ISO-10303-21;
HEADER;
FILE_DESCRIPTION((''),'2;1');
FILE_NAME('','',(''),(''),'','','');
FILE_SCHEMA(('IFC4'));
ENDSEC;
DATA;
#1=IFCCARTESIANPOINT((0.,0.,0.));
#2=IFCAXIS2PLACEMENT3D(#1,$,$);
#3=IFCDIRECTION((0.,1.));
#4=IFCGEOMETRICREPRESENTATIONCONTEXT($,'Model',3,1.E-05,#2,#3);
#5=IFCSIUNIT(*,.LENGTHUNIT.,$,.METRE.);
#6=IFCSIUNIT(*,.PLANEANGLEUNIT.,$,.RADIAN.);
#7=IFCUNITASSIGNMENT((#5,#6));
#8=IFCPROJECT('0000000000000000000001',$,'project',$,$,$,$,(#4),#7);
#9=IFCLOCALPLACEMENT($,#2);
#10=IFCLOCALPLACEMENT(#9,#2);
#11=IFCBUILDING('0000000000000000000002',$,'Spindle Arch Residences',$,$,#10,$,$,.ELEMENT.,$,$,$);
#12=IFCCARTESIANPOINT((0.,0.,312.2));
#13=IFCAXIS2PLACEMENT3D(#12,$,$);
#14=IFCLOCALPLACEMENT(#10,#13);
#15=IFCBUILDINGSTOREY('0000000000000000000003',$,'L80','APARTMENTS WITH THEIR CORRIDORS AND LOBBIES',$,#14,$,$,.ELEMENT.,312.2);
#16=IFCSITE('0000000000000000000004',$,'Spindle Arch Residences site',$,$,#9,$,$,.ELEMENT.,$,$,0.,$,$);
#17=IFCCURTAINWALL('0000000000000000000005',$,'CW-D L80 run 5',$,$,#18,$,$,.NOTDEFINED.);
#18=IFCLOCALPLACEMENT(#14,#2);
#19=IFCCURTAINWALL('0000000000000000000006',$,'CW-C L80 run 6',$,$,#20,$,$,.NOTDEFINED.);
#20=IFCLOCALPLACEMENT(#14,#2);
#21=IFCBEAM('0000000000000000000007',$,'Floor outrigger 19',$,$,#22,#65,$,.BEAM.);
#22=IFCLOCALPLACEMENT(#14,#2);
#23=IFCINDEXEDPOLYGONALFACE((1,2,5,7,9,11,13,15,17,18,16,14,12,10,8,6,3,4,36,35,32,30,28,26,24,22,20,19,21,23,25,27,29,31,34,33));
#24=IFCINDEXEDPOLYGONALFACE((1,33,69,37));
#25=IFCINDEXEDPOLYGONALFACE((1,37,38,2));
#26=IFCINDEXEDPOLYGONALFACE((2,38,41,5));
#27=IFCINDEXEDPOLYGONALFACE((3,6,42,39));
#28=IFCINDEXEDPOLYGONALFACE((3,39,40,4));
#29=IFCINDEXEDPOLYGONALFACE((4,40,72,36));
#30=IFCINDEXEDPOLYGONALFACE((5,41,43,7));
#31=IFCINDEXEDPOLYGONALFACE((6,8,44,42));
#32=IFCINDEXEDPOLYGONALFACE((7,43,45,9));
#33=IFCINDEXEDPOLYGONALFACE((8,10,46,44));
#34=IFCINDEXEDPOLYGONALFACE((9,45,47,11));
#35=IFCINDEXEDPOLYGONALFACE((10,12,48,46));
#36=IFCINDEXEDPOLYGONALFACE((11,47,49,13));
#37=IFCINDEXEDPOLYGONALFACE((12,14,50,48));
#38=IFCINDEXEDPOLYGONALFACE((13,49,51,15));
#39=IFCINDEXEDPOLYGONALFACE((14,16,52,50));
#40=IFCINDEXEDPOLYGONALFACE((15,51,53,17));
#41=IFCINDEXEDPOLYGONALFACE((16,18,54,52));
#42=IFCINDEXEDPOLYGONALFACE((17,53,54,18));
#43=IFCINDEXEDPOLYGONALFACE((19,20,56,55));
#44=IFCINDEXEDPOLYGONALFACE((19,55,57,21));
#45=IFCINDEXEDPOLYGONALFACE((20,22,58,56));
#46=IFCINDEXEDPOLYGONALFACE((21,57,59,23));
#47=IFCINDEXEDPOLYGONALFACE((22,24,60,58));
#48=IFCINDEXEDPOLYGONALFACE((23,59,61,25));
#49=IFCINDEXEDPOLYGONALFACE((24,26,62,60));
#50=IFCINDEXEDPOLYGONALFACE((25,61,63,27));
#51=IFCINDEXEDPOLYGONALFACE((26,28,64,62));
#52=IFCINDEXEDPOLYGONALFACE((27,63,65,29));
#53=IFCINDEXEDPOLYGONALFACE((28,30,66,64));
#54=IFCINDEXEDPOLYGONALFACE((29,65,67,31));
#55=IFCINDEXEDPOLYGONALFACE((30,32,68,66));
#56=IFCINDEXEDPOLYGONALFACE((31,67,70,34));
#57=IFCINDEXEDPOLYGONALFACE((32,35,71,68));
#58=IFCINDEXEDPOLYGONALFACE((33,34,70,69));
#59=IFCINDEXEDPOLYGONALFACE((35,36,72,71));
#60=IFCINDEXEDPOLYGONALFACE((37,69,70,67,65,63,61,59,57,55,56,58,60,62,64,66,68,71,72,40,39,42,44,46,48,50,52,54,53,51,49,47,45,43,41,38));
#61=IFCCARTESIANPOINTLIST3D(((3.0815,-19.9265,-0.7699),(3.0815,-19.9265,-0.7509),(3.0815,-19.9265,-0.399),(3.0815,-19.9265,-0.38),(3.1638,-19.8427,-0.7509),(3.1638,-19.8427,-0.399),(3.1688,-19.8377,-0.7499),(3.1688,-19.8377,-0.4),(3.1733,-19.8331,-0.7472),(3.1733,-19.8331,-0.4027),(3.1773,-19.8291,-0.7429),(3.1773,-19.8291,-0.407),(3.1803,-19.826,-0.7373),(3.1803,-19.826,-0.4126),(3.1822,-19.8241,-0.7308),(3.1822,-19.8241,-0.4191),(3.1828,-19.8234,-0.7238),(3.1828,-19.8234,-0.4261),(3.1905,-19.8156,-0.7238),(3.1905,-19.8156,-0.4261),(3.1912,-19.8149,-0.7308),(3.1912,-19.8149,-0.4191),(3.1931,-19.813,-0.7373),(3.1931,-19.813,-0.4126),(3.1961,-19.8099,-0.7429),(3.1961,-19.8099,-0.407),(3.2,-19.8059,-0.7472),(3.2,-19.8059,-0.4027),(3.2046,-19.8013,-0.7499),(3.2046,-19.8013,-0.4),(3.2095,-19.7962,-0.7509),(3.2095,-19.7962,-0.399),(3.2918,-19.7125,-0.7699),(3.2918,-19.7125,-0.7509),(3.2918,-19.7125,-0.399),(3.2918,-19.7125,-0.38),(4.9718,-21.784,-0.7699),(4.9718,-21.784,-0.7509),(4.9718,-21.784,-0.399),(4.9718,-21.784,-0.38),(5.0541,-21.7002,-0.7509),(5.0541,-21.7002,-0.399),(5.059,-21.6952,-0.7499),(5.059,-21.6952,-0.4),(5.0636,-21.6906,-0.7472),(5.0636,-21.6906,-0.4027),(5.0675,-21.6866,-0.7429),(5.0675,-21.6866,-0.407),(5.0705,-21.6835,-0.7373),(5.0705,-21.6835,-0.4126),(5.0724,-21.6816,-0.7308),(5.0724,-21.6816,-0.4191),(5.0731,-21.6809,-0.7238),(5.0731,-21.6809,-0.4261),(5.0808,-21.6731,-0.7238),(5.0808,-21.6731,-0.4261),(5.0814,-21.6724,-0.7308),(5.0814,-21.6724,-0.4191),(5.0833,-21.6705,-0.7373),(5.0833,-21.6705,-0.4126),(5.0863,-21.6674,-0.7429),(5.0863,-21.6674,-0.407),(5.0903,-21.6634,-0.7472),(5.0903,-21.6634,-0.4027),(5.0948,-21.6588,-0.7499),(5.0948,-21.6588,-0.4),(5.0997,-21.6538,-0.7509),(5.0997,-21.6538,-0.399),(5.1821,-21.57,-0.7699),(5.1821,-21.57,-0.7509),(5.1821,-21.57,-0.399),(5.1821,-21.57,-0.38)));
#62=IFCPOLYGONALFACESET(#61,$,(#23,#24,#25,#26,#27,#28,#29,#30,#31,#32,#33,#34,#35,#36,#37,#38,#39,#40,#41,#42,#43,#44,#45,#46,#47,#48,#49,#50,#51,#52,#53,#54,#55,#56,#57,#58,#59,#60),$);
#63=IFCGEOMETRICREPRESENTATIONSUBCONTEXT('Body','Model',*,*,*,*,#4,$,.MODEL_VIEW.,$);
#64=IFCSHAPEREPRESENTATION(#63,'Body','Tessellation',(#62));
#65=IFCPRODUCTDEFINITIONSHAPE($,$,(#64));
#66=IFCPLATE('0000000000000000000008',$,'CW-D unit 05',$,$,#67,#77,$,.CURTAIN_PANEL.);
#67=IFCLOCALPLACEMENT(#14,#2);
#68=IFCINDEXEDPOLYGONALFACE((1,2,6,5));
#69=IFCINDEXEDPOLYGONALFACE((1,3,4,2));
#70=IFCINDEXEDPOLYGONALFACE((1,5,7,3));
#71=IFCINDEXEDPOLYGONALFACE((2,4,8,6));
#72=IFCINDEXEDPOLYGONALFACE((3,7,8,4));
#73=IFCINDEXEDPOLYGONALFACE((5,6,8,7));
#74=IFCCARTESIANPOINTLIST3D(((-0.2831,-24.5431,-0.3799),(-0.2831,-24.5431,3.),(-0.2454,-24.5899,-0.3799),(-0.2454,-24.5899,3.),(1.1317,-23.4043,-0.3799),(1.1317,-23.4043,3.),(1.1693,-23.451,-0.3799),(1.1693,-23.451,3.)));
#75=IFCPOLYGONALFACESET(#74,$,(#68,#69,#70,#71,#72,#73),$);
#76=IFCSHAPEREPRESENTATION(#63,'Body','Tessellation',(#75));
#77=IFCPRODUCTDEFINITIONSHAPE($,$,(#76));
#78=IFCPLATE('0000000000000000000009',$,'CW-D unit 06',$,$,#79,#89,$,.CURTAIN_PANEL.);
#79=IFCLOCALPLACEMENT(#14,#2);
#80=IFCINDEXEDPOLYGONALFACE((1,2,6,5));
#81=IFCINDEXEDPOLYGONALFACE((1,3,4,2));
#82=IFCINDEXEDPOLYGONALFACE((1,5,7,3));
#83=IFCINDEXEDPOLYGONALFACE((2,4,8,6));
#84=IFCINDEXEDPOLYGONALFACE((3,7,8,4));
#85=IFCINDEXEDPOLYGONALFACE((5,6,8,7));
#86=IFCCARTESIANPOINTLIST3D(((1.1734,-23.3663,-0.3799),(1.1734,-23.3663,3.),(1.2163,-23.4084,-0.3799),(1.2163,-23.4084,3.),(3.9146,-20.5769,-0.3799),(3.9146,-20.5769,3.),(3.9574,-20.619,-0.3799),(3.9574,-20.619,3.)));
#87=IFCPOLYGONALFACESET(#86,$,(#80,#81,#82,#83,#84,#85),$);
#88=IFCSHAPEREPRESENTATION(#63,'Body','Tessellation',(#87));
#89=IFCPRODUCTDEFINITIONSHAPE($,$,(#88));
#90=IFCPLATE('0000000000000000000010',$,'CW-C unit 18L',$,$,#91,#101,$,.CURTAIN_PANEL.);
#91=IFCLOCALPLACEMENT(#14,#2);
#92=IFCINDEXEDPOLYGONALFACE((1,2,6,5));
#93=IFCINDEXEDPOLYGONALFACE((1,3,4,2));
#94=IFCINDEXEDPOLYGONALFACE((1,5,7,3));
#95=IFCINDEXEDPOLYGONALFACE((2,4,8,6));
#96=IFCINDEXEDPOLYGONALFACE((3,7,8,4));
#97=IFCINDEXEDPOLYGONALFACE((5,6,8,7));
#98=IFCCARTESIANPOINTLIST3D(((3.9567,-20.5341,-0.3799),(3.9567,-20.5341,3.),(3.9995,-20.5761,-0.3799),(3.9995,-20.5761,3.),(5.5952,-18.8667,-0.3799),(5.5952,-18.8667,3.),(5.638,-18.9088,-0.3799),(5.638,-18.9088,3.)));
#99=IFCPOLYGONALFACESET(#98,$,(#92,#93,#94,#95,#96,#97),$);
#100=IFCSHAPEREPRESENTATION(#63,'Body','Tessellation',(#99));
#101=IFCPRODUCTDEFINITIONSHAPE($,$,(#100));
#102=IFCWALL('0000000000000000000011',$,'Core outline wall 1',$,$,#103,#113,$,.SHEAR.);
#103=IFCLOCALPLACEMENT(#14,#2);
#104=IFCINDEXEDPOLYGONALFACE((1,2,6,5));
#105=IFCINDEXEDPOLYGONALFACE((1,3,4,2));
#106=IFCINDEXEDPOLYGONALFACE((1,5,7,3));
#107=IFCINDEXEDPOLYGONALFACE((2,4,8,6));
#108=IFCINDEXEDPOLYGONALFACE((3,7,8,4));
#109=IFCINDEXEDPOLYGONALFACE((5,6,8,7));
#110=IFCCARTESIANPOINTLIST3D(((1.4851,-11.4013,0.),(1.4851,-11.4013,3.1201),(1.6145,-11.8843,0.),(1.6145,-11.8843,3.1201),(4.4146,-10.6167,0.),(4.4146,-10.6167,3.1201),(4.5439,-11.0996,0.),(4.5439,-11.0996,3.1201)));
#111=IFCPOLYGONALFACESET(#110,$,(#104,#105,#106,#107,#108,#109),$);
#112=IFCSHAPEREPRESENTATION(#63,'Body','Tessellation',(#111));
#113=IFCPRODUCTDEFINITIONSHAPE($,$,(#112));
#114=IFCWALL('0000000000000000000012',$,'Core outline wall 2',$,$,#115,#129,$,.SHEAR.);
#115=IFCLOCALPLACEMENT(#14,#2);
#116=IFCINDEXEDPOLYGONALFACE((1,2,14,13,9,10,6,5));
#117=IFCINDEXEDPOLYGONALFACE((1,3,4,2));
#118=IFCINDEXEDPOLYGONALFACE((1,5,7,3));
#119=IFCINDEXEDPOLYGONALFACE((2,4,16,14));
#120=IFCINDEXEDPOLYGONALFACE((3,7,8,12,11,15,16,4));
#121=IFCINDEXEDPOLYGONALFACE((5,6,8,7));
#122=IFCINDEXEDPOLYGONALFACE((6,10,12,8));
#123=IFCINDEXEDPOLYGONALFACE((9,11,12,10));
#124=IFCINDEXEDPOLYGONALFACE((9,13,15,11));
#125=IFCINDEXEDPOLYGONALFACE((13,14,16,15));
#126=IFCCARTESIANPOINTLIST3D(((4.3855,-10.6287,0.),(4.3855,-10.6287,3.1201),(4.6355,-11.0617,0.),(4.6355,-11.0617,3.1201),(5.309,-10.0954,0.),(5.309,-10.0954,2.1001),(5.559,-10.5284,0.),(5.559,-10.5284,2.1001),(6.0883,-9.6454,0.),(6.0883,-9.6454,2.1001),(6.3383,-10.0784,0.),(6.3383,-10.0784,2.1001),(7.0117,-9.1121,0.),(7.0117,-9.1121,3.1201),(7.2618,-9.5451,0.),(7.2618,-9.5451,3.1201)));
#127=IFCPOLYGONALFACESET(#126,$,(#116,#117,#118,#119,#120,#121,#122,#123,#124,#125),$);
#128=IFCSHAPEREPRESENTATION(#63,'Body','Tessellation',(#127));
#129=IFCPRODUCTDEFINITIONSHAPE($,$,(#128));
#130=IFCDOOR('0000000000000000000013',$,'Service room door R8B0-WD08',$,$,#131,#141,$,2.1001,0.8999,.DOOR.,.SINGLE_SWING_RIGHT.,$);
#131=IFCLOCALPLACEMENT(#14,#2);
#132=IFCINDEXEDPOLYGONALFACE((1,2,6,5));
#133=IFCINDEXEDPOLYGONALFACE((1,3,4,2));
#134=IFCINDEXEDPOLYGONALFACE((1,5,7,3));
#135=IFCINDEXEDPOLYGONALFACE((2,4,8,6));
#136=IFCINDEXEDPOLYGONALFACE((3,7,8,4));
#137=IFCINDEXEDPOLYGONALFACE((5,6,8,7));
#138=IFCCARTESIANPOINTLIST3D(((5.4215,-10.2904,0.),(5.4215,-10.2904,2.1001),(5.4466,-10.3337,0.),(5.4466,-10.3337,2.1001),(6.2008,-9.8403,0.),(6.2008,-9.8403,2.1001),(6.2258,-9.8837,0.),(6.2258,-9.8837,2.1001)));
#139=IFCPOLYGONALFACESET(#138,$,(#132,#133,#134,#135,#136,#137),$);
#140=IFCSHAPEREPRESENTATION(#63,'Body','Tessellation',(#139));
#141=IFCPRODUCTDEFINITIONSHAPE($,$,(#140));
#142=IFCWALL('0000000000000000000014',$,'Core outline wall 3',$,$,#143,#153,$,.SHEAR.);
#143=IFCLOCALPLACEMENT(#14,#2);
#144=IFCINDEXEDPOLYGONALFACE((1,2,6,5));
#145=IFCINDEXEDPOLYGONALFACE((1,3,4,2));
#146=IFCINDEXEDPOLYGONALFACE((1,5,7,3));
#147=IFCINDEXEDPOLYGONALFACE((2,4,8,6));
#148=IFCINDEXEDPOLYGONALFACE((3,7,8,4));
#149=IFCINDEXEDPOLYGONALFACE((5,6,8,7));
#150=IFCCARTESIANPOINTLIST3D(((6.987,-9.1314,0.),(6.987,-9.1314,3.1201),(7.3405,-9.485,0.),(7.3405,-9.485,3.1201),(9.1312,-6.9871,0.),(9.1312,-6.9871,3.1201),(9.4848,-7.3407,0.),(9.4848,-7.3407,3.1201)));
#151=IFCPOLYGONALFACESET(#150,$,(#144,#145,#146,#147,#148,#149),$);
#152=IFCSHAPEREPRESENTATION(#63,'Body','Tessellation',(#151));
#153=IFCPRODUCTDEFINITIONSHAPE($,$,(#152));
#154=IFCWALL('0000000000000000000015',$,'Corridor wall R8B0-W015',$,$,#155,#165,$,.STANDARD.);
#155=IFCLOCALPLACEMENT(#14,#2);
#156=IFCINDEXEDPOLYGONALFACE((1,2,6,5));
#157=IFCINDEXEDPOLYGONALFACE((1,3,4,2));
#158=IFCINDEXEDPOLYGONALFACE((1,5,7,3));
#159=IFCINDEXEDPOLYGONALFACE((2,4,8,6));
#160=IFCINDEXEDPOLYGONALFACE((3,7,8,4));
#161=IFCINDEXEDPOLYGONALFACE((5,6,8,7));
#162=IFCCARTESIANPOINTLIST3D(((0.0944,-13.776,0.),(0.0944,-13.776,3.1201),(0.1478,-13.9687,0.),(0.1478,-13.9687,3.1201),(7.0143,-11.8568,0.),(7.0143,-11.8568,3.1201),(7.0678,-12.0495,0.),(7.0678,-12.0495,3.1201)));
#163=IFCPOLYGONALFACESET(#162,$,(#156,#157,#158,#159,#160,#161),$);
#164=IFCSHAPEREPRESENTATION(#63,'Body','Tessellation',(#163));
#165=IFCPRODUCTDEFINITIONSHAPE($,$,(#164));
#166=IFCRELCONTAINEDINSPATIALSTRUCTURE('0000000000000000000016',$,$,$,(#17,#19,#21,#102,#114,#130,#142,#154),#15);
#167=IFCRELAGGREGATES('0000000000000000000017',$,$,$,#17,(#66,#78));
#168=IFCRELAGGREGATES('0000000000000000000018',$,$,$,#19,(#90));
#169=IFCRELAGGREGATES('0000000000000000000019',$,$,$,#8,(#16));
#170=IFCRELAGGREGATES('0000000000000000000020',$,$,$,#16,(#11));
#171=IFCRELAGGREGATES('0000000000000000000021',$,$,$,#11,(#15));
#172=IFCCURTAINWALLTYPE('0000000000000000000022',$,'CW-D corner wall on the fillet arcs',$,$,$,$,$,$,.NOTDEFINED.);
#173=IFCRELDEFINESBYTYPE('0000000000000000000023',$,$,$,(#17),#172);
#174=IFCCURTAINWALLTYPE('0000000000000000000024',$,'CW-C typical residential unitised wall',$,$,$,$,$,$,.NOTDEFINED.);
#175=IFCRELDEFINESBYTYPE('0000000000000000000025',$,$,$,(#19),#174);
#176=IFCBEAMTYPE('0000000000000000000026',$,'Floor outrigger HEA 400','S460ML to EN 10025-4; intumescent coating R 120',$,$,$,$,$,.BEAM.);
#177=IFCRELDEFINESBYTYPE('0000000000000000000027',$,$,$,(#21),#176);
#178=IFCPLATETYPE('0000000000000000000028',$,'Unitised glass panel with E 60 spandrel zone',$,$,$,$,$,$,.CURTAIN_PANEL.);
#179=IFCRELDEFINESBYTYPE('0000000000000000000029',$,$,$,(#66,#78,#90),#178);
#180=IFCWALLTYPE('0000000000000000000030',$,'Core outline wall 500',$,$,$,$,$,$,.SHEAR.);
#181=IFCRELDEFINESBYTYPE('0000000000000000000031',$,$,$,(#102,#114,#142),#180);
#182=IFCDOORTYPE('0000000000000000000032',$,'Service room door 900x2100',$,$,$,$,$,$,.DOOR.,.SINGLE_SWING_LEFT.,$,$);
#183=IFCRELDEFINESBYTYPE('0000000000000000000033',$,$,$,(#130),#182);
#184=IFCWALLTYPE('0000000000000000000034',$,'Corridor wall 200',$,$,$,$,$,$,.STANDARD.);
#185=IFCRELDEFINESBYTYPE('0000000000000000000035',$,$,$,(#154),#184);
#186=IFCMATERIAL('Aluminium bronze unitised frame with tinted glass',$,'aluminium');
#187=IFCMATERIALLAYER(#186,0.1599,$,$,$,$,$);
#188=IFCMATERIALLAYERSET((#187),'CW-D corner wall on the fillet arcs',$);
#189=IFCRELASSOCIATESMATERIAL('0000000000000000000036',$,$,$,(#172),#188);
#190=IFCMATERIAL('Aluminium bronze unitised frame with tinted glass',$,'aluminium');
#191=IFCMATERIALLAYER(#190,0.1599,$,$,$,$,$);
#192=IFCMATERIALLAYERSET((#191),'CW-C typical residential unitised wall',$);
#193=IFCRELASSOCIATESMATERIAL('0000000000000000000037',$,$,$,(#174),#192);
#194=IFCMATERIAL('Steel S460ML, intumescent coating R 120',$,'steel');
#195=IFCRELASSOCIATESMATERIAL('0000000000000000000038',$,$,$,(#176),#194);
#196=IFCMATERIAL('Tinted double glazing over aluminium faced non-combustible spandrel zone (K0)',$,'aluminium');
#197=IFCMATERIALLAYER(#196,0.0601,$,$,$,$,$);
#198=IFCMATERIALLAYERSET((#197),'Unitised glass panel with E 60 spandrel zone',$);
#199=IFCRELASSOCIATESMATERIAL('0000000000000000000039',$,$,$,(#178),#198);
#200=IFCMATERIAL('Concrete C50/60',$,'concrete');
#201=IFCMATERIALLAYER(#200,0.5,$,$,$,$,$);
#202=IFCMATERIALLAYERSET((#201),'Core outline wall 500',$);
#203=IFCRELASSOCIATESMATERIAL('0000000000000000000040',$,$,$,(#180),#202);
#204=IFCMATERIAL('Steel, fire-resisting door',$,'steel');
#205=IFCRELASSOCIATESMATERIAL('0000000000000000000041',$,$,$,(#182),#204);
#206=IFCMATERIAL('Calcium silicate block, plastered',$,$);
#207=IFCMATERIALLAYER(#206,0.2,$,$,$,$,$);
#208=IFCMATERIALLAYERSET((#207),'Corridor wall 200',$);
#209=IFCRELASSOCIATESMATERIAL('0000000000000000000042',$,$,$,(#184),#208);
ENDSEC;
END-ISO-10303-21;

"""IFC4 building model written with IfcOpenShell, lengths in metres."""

from ifc_helpers import new_model, si_unit, direction, frame, frame_2d, origin, origin_2d, place, context, subcontext, project, spatial, rectangle, i_section, extrude, material, layer, layer_set, material_profile, profile_set, type_object, element, fill, aggregate, save


model = new_model("IFC4")

# Units and contexts
model_context = context("Model", 3, precision=1e-05, world=origin(), true_north=direction((0.0, 1.0)))
body_context = subcontext(model_context, "Body", "Model", "MODEL_VIEW")
ifc_project = project(units=[si_unit("LENGTHUNIT", "METRE"), si_unit("PLANEANGLEUNIT", "RADIAN")], contexts=[model_context])

# Site, building, storey
site_placement = place(None, origin())
site = spatial("IfcSite", under=ifc_project, at=site_placement, Name="Spindle Arch Residences site", CompositionType="ELEMENT", RefElevation=0.0)
building_placement = place(site_placement, origin())
building = spatial("IfcBuilding", under=site, at=building_placement, Name="Spindle Arch Residences", CompositionType="ELEMENT")
storey_placement = place(building_placement, frame((0.0, 0.0, 312.2)))
storey = spatial("IfcBuildingStorey", under=building, at=storey_placement, Name="L80", Description="APARTMENTS WITH THEIR CORRIDORS AND LOBBIES", CompositionType="ELEMENT", Elevation=312.2)

# Curtain walls
ifc_material_1 = material(Name="Aluminium bronze unitised frame with tinted glass", Category="aluminium")
ifc_layer_1 = layer(ifc_material_1, 0.1599)
ifc_layer_set_1 = layer_set([ifc_layer_1], Name="CW-D corner wall on the fillet arcs")
curtain_wall_type_1 = type_object("IfcCurtainWallType", Name="CW-D corner wall on the fillet arcs", PredefinedType="NOTDEFINED", material=ifc_layer_set_1)
curtain_wall_1_placement = place(storey_placement, origin())
curtain_wall_1 = element("IfcCurtainWall", 1, at=curtain_wall_1_placement, inside=storey, type_object=curtain_wall_type_1, Name="CW-D L80 run 5", PredefinedType="NOTDEFINED")
ifc_material_2 = material(Name="Aluminium bronze unitised frame with tinted glass", Category="aluminium")
ifc_layer_2 = layer(ifc_material_2, 0.1599)
ifc_layer_set_2 = layer_set([ifc_layer_2], Name="CW-C typical residential unitised wall")
curtain_wall_type_2 = type_object("IfcCurtainWallType", Name="CW-C typical residential unitised wall", PredefinedType="NOTDEFINED", material=ifc_layer_set_2)
curtain_wall_2_placement = place(storey_placement, origin())
curtain_wall_2 = element("IfcCurtainWall", 2, at=curtain_wall_2_placement, inside=storey, type_object=curtain_wall_type_2, Name="CW-C L80 run 6", PredefinedType="NOTDEFINED")

# Beam
ifc_material_3 = material(Name="Steel S460ML, intumescent coating R 120", Category="steel")
ifc_material_profile_1 = material_profile(ifc_material_3, i_section(OverallWidth=0.3, OverallDepth=0.3899, WebThickness=0.011, FlangeThickness=0.019, FilletRadius=0.0271, at=origin_2d()), Name="HEA 400")
ifc_profile_set_1 = profile_set([ifc_material_profile_1], Name="Steel S460ML, intumescent coating R 120")
beam_type_1 = type_object("IfcBeamType", Name="Floor outrigger HEA 400", Description="S460ML to EN 10025-4; intumescent coating R 120", PredefinedType="BEAM", material=ifc_profile_set_1)
beam_1_placement = place(storey_placement, frame((5.0769, -21.677, -0.575), z_axis=(-0.713252, 0.700907, 0.0), x_axis=(-0.700907, -0.713252, 0.0)))
element("IfcBeam", 3, at=beam_1_placement, inside=storey, type_object=beam_type_1, Name="Floor outrigger 19", PredefinedType="BEAM", context=body_context, shape_type="SweptSolid", body=[
    extrude(i_section(OverallWidth=0.3, OverallDepth=0.3899, WebThickness=0.011, FlangeThickness=0.019, FilletRadius=0.0271, at=origin_2d()), origin(), (0.0, 0.0, 1.0), 2.6501),
])

# Plates
ifc_material_4 = material(Name="Tinted double glazing over aluminium faced non-combustible spandrel zone (K0)", Category="aluminium")
ifc_layer_3 = layer(ifc_material_4, 0.0601)
ifc_layer_set_3 = layer_set([ifc_layer_3], Name="Unitised glass panel with E 60 spandrel zone")
plate_type = type_object("IfcPlateType", Name="Unitised glass panel with E 60 spandrel zone", PredefinedType="CURTAIN_PANEL", material=ifc_layer_set_3)
plate_1_placement = place(storey_placement, frame((0.4431, -23.9971, -0.3799), z_axis=(0.0, 0.0, 1.0), x_axis=(0.778973, 0.627057, 0.0)))
plate_1 = element("IfcPlate", 4, at=plate_1_placement, type_object=plate_type, Name="CW-D unit 05", PredefinedType="CURTAIN_PANEL", context=body_context, shape_type="SweptSolid", body=[
    extrude(rectangle(XDim=1.8162, YDim=0.0601, at=origin_2d()), origin(), (0.0, 0.0, 1.0), 3.3799),
])
plate_2_placement = place(storey_placement, frame((2.5654, -21.9927, -0.3799), z_axis=(0.0, 0.0, 1.0), x_axis=(0.700909, 0.71325, 0.0)))
plate_2 = element("IfcPlate", 5, at=plate_2_placement, type_object=plate_type, Name="CW-D unit 06", PredefinedType="CURTAIN_PANEL", context=body_context, shape_type="SweptSolid", body=[
    extrude(rectangle(XDim=3.9109, YDim=0.0601, at=origin_2d()), origin(), (0.0, 0.0, 1.0), 3.3799),
])
aggregate(curtain_wall_1, [plate_1, plate_2])
plate_3_placement = place(storey_placement, frame((4.7974, -19.7214, -0.3799), z_axis=(0.0, 0.0, 1.0), x_axis=(0.700909, 0.71325, 0.0)))
plate_3 = element("IfcPlate", 6, at=plate_3_placement, type_object=plate_type, Name="CW-C unit 18L", PredefinedType="CURTAIN_PANEL", context=body_context, shape_type="SweptSolid", body=[
    extrude(rectangle(XDim=2.3376, YDim=0.0601, at=origin_2d()), origin(), (0.0, 0.0, 1.0), 3.3799),
])
aggregate(curtain_wall_2, [plate_3])

# Wall
ifc_material_5 = material(Name="Concrete C50/60", Category="concrete")
ifc_layer_4 = layer(ifc_material_5, 0.5)
ifc_layer_set_4 = layer_set([ifc_layer_4], Name="Core outline wall 500")
wall_type_1 = type_object("IfcWallType", Name="Core outline wall 500", PredefinedType="SHEAR", material=ifc_layer_set_4)
wall_1_placement = place(storey_placement, frame((1.5498, -11.6428, 0.0), z_axis=(0.0, 0.0, 1.0), x_axis=(0.965948, 0.258735, 0.0)))
element("IfcWall", 7, at=wall_1_placement, inside=storey, type_object=wall_type_1, Name="Core outline wall 1", PredefinedType="SHEAR", context=body_context, shape_type="SweptSolid", body=[
    extrude(rectangle(XDim=3.0327, YDim=0.5, at=frame_2d((1.5164, 0.0))), origin(), (0.0, 0.0, 1.0), 3.1201),
])

# Wall, opening, door
wall_2_placement = place(storey_placement, frame((4.5105, -10.8452, 0.0), z_axis=(0.0, 0.0, 1.0), x_axis=(0.865975, 0.500087, 0.0)))
wall_2 = element("IfcWall", 8, at=wall_2_placement, inside=storey, type_object=wall_type_1, Name="Core outline wall 2", PredefinedType="SHEAR", context=body_context, shape_type="SweptSolid", body=[
    extrude(rectangle(XDim=3.0327, YDim=0.5, at=frame_2d((1.5164, 0.0))), origin(), (0.0, 0.0, 1.0), 3.1201),
])
opening_1_placement = place(wall_2_placement, frame((1.0664, 0.0, 0.0)))
opening_1 = element("IfcOpeningElement", 9, at=opening_1_placement, cuts=wall_2, PredefinedType="OPENING", context=body_context, shape_type="SweptSolid", body=[
    extrude(rectangle(XDim=0.8999, YDim=2.1001, at=frame_2d((0.45, 1.05))), frame((0.0, 0.26, 0.0), z_axis=(0.0, -1.0, 0.0), x_axis=(1.0, 0.0, 0.0)), (0.0, 0.0, 1.0), 0.52),
])
ifc_material_6 = material(Name="Steel, fire-resisting door", Category="steel")
door_type_1 = type_object("IfcDoorType", Name="Service room door 900x2100", OperationType="SINGLE_SWING_LEFT", PredefinedType="DOOR", material=ifc_material_6)
door_1_placement = place(opening_1_placement, origin())
door_1 = element("IfcDoor", 10, at=door_1_placement, inside=storey, type_object=door_type_1, Name="Service room door R8B0-WD08", OperationType="SINGLE_SWING_RIGHT", OverallHeight=2.1001, OverallWidth=0.8999, PredefinedType="DOOR", context=body_context, shape_type="SweptSolid", body=[
    extrude(rectangle(XDim=0.8999, YDim=2.1001, at=frame_2d((0.45, 1.05))), frame((0.0, 0.0249, 0.0), z_axis=(0.0, -1.0, 0.0), x_axis=(1.0, 0.0, 0.0)), (0.0, 0.0, 1.0), 0.05),
])
fill(opening_1, door_1)

# Walls
wall_3_placement = place(storey_placement, frame((7.1638, -9.3081, 0.0), z_axis=(0.0, 0.0, 1.0), x_axis=(0.707107, 0.707107, 0.0)))
element("IfcWall", 11, at=wall_3_placement, inside=storey, type_object=wall_type_1, Name="Core outline wall 3", PredefinedType="SHEAR", context=body_context, shape_type="SweptSolid", body=[
    extrude(rectangle(XDim=3.0325, YDim=0.5, at=frame_2d((1.5161, 0.0))), origin(), (0.0, 0.0, 1.0), 3.1201),
])
ifc_material_7 = material(Name="Calcium silicate block, plastered")
ifc_layer_5 = layer(ifc_material_7, 0.2)
ifc_layer_set_5 = layer_set([ifc_layer_5], Name="Corridor wall 200")
wall_type_2 = type_object("IfcWallType", Name="Corridor wall 200", PredefinedType="STANDARD", material=ifc_layer_set_5)
wall_4_placement = place(storey_placement, frame((0.1211, -13.8723, 0.0), z_axis=(0.0, 0.0, 1.0), x_axis=(0.963626, 0.267255, 0.0)))
element("IfcWall", 12, at=wall_4_placement, inside=storey, type_object=wall_type_2, Name="Corridor wall R8B0-W015", PredefinedType="STANDARD", context=body_context, shape_type="SweptSolid", body=[
    extrude(rectangle(XDim=7.1812, YDim=0.2, at=frame_2d((3.5906, 0.0))), origin(), (0.0, 0.0, 1.0), 3.1201),
])

save(model, "model.ifc")
